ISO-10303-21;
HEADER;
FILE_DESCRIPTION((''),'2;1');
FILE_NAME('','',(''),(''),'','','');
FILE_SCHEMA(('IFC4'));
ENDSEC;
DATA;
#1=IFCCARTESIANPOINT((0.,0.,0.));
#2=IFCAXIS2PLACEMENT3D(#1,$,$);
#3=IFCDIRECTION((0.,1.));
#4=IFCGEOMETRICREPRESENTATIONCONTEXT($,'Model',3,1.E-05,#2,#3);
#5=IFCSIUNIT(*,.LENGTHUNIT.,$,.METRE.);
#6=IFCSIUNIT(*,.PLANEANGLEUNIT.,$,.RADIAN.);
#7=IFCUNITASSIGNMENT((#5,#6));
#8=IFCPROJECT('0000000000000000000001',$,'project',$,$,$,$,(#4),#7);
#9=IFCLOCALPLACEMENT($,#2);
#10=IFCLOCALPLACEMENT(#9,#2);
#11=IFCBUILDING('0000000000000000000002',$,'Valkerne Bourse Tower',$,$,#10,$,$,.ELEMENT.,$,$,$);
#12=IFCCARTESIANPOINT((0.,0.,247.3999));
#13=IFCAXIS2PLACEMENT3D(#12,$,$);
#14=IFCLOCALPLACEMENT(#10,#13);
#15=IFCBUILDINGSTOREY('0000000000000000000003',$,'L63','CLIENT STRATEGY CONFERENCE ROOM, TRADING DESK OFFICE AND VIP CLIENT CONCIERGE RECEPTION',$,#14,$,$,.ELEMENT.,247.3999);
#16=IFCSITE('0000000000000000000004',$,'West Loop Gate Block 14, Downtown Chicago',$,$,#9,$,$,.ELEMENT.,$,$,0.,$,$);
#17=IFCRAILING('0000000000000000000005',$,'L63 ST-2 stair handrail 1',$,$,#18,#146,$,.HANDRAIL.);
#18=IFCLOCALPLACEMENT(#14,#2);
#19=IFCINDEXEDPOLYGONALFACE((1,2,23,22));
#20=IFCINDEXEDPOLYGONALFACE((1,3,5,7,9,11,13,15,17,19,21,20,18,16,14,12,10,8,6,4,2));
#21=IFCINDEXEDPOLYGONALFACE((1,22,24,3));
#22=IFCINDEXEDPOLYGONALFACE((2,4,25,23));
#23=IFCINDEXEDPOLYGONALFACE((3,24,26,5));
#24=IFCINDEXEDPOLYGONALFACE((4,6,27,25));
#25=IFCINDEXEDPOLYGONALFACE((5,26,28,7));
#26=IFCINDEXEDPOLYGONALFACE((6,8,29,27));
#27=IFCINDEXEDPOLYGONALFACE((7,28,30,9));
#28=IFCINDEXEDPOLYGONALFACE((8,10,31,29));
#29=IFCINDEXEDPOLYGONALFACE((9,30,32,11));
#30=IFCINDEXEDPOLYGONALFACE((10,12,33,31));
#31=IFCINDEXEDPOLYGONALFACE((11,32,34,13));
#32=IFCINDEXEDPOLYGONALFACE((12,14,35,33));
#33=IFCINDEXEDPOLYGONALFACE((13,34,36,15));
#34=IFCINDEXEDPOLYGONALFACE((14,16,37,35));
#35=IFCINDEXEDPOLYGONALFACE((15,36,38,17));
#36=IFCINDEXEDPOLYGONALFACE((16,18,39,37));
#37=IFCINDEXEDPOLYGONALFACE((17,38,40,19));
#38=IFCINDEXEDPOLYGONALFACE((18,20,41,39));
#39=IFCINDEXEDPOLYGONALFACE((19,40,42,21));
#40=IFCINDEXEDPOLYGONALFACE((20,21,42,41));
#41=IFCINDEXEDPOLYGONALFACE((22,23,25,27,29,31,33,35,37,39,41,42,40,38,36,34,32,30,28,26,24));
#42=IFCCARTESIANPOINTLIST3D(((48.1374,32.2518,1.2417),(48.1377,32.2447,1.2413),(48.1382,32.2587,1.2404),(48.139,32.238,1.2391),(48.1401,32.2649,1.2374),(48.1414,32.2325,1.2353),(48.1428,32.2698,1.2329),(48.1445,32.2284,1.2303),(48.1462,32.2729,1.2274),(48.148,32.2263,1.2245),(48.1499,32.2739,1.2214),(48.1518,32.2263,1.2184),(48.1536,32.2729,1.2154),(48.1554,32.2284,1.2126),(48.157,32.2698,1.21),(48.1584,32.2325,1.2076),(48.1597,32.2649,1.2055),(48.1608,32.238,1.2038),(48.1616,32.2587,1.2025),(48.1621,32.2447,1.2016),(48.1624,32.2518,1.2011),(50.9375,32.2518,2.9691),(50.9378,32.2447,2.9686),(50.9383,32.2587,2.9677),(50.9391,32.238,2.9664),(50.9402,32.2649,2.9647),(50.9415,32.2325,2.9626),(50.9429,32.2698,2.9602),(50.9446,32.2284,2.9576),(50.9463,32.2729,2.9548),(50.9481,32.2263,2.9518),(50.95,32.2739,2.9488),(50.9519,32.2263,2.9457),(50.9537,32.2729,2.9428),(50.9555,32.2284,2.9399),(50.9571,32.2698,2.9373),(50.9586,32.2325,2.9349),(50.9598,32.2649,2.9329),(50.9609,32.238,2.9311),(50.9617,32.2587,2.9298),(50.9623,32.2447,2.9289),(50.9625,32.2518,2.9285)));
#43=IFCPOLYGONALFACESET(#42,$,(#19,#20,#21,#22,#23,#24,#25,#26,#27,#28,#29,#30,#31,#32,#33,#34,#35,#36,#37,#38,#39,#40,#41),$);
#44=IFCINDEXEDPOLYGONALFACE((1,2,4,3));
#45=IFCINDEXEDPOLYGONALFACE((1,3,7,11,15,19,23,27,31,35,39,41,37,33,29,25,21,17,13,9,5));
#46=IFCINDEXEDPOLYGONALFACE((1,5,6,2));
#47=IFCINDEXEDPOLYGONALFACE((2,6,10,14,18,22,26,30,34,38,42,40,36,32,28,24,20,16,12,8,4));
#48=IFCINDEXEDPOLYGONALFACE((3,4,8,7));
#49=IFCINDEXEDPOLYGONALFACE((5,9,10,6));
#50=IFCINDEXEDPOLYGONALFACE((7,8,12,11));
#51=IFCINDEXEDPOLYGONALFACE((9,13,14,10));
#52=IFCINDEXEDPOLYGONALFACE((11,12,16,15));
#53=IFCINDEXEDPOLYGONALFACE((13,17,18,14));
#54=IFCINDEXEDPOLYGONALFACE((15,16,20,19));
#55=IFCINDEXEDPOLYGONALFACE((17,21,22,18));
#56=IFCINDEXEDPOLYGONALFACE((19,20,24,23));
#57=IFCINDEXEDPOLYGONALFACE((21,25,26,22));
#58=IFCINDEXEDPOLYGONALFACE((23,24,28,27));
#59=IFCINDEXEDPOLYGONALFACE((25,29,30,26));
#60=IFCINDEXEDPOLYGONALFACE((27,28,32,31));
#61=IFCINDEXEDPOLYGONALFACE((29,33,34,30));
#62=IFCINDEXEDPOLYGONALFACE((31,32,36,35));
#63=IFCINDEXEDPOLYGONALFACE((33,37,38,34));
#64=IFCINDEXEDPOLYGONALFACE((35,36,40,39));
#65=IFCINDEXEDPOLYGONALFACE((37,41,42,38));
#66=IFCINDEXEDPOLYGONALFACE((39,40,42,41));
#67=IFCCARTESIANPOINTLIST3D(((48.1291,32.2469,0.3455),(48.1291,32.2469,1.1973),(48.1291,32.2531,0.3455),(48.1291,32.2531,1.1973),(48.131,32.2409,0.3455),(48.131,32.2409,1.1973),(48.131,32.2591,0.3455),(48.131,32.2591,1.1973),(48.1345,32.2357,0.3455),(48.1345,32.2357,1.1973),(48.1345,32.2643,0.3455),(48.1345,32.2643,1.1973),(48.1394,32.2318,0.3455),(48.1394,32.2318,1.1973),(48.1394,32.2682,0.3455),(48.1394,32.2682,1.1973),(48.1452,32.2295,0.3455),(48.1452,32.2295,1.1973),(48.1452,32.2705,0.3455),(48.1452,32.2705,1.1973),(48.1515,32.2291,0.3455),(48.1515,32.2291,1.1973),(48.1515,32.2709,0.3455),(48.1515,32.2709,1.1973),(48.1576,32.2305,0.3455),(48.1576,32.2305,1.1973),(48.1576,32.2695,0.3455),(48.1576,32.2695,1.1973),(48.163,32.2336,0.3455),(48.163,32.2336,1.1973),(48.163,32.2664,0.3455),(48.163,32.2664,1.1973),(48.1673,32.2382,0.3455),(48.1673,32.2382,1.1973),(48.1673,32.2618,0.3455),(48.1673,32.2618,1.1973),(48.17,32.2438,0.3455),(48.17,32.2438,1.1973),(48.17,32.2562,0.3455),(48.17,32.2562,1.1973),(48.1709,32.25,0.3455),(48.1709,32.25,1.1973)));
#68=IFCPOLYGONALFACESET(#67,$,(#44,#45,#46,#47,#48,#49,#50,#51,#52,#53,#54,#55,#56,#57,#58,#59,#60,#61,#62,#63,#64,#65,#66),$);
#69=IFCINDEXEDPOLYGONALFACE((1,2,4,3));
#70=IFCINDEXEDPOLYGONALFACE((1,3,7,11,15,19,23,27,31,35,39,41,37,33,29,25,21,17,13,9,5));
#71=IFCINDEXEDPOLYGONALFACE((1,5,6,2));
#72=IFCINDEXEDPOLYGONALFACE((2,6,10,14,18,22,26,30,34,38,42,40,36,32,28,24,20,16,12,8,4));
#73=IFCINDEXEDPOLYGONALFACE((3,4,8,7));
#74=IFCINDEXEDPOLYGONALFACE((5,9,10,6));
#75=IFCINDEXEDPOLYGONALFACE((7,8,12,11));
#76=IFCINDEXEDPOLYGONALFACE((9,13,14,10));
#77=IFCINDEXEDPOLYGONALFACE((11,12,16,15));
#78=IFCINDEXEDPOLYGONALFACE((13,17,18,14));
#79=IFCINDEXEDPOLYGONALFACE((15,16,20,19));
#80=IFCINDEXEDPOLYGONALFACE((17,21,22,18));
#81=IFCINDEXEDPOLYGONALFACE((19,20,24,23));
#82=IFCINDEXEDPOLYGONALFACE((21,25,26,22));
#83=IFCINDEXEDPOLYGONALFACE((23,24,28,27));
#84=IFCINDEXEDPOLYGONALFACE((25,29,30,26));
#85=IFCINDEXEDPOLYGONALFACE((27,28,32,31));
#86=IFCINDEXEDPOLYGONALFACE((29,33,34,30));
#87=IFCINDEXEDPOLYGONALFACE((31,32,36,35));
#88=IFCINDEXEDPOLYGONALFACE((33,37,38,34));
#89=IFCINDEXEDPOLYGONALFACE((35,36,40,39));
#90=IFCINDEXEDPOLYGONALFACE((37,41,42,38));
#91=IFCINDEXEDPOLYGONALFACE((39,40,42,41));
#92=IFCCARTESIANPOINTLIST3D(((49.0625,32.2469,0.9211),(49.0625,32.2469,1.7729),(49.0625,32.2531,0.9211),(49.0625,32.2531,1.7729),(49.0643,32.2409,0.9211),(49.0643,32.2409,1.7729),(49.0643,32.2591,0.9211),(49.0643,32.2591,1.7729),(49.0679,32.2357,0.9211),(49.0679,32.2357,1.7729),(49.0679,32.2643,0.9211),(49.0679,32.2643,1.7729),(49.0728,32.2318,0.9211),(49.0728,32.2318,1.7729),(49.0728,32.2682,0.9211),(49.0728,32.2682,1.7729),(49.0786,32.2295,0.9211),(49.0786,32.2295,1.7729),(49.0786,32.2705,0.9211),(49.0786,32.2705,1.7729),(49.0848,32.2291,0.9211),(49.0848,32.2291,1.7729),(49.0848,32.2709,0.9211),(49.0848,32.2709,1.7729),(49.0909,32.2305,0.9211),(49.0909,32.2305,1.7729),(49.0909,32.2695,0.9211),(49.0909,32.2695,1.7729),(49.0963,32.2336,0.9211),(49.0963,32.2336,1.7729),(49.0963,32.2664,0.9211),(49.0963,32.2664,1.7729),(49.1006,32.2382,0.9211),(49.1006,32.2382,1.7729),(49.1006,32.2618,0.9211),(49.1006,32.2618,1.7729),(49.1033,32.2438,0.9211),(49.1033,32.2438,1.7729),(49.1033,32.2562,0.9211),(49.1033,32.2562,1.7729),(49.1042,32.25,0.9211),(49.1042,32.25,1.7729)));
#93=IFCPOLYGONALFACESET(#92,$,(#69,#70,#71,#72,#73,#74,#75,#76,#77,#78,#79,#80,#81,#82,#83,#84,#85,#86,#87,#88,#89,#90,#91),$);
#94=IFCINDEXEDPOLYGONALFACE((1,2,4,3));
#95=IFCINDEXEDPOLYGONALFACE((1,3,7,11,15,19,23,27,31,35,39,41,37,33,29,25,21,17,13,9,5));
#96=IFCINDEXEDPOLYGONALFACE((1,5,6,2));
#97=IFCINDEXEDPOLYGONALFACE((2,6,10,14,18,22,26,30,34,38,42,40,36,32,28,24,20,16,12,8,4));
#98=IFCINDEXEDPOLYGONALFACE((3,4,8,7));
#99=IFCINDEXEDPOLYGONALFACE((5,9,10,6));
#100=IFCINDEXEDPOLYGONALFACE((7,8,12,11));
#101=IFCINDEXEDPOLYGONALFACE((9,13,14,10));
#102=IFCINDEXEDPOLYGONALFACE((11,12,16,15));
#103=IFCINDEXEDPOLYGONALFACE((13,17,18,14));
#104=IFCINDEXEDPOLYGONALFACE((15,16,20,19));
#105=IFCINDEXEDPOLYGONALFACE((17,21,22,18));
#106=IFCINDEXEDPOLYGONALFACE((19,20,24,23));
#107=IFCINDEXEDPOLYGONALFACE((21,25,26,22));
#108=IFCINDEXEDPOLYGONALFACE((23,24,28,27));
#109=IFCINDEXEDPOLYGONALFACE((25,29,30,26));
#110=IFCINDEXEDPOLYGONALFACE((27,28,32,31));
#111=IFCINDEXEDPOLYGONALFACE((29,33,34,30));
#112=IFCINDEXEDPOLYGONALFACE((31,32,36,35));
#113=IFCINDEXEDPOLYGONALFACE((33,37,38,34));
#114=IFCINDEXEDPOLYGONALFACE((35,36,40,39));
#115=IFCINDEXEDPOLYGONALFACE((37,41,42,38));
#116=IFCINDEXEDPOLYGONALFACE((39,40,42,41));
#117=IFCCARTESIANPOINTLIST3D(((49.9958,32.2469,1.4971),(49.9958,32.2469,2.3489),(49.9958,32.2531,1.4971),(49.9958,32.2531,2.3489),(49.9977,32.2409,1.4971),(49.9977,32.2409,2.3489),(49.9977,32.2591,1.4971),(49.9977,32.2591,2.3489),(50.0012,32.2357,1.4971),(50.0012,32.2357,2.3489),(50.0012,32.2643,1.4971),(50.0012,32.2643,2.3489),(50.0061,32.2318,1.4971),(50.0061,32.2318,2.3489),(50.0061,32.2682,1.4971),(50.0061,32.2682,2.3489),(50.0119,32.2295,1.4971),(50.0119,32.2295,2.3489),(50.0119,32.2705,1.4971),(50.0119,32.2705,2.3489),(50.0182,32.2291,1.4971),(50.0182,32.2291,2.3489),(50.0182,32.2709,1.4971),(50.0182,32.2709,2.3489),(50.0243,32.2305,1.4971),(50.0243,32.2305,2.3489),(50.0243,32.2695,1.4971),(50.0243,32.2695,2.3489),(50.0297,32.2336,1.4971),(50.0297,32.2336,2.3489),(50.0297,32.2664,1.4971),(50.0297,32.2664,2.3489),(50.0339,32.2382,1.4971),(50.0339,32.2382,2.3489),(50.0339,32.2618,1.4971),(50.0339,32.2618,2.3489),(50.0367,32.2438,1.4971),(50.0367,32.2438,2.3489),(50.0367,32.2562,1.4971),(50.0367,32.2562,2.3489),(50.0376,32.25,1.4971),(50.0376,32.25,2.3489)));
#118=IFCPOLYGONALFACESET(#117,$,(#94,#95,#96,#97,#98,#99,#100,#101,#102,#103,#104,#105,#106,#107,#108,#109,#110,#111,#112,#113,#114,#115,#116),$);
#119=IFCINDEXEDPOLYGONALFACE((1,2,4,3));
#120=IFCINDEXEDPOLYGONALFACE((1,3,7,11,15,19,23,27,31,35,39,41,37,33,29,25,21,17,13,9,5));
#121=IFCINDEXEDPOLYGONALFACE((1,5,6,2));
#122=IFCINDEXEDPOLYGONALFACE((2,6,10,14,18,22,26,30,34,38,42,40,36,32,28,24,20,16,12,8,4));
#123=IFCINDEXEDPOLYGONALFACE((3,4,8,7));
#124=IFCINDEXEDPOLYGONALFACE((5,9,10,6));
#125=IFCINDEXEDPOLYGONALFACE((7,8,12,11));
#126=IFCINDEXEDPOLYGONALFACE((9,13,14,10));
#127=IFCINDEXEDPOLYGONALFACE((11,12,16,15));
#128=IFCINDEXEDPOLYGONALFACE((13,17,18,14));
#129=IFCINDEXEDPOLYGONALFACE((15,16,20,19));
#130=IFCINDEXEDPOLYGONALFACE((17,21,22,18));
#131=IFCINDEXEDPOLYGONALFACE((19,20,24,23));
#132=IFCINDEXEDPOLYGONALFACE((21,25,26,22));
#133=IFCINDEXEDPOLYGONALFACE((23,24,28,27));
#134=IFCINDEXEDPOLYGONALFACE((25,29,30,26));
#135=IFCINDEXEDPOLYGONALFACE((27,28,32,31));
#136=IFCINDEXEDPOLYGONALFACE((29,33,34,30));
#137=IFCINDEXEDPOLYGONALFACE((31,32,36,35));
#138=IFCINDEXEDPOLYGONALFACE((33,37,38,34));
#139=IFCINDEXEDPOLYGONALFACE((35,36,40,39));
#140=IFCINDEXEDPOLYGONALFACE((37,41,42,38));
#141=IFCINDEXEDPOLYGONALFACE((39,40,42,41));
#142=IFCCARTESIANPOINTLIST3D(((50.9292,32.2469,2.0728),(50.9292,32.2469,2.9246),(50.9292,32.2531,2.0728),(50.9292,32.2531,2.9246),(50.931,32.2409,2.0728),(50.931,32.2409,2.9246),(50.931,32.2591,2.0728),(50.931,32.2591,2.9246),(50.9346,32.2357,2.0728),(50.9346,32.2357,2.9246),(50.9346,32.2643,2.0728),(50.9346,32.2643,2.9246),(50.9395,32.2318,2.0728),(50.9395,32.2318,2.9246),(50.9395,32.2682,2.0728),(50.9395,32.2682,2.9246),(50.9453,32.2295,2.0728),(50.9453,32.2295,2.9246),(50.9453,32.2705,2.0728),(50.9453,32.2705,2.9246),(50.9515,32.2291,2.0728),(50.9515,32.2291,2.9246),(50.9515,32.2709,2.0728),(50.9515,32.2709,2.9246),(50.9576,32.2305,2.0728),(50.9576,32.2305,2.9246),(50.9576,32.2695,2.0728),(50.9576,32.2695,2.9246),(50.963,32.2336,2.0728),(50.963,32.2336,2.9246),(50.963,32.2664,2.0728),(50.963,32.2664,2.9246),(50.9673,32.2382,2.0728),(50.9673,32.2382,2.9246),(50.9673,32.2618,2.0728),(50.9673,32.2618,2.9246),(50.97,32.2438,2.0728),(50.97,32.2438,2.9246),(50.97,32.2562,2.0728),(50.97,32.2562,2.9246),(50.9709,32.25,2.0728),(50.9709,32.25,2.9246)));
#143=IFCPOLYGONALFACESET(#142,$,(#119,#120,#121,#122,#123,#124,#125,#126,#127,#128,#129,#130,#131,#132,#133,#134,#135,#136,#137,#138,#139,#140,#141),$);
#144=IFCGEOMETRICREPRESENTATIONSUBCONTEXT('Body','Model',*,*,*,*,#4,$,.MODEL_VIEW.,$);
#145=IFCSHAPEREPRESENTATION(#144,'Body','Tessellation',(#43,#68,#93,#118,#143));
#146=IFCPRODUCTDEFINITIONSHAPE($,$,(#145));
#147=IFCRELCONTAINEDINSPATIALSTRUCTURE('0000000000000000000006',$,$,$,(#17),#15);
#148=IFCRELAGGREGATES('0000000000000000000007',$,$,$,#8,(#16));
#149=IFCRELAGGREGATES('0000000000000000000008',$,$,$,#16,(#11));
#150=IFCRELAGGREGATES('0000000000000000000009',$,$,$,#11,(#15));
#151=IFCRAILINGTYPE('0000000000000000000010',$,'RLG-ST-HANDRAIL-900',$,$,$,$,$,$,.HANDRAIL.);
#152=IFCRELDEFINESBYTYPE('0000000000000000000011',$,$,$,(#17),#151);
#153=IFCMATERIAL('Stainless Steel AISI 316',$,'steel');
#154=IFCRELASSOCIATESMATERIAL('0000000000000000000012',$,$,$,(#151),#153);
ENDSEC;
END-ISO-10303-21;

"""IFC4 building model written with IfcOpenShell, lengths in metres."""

from ifc_helpers import new_model, si_unit, direction, frame, origin, origin_2d, place, context, subcontext, project, spatial, circle, extrude, material, type_object, element, save


model = new_model("IFC4")

# Units and contexts
model_context = context("Model", 3, precision=1e-05, world=origin(), true_north=direction((0.0, 1.0)))
body_context = subcontext(model_context, "Body", "Model", "MODEL_VIEW")
ifc_project = project(units=[si_unit("LENGTHUNIT", "METRE"), si_unit("PLANEANGLEUNIT", "RADIAN")], contexts=[model_context])

# Site, building, storey
site_placement = place(None, origin())
site = spatial("IfcSite", under=ifc_project, at=site_placement, Name="West Loop Gate Block 14, Downtown Chicago", CompositionType="ELEMENT", RefElevation=0.0)
building_placement = place(site_placement, origin())
building = spatial("IfcBuilding", under=site, at=building_placement, Name="Valkerne Bourse Tower", CompositionType="ELEMENT")
storey_placement = place(building_placement, frame((0.0, 0.0, 247.3999)))
storey = spatial("IfcBuildingStorey", under=building, at=storey_placement, Name="L63", Description="CLIENT STRATEGY CONFERENCE ROOM, TRADING DESK OFFICE AND VIP CLIENT CONCIERGE RECEPTION", CompositionType="ELEMENT", Elevation=247.3999)

# Shared definitions
ifc_material_1 = material(Name="Stainless Steel AISI 316", Category="steel")

# Railing
railing_type_1 = type_object("IfcRailingType", Name="RLG-ST-HANDRAIL-900", PredefinedType="HANDRAIL", material=ifc_material_1)
railing_1_placement = place(storey_placement, frame((48.1499, 32.25, 0.3455)))
element("IfcRailing", 1, at=railing_1_placement, inside=storey, type_object=railing_type_1, Name="L63 ST-2 stair handrail 1", PredefinedType="HANDRAIL", context=body_context, shape_type="SweptSolid", body=[
    extrude(circle(Radius=0.0239, at=origin_2d()), frame((0.0, 0.0, 0.876), z_axis=(0.85109, 0.0, 0.52502), x_axis=(0.0, 1.0, 0.0)), (0.0, 0.0, 1.0), 3.29),
    extrude(circle(Radius=0.021, at=origin_2d()), origin(), (0.0, 0.0, 1.0), 0.8518),
    extrude(circle(Radius=0.021, at=origin_2d()), frame((0.9333, 0.0, 0.5757)), (0.0, 0.0, 1.0), 0.8518),
    extrude(circle(Radius=0.021, at=origin_2d()), frame((1.8667, 0.0, 1.1516)), (0.0, 0.0, 1.0), 0.8518),
    extrude(circle(Radius=0.021, at=origin_2d()), frame((2.8, 0.0, 1.7273)), (0.0, 0.0, 1.0), 0.8518),
])

save(model, "model.ifc")
